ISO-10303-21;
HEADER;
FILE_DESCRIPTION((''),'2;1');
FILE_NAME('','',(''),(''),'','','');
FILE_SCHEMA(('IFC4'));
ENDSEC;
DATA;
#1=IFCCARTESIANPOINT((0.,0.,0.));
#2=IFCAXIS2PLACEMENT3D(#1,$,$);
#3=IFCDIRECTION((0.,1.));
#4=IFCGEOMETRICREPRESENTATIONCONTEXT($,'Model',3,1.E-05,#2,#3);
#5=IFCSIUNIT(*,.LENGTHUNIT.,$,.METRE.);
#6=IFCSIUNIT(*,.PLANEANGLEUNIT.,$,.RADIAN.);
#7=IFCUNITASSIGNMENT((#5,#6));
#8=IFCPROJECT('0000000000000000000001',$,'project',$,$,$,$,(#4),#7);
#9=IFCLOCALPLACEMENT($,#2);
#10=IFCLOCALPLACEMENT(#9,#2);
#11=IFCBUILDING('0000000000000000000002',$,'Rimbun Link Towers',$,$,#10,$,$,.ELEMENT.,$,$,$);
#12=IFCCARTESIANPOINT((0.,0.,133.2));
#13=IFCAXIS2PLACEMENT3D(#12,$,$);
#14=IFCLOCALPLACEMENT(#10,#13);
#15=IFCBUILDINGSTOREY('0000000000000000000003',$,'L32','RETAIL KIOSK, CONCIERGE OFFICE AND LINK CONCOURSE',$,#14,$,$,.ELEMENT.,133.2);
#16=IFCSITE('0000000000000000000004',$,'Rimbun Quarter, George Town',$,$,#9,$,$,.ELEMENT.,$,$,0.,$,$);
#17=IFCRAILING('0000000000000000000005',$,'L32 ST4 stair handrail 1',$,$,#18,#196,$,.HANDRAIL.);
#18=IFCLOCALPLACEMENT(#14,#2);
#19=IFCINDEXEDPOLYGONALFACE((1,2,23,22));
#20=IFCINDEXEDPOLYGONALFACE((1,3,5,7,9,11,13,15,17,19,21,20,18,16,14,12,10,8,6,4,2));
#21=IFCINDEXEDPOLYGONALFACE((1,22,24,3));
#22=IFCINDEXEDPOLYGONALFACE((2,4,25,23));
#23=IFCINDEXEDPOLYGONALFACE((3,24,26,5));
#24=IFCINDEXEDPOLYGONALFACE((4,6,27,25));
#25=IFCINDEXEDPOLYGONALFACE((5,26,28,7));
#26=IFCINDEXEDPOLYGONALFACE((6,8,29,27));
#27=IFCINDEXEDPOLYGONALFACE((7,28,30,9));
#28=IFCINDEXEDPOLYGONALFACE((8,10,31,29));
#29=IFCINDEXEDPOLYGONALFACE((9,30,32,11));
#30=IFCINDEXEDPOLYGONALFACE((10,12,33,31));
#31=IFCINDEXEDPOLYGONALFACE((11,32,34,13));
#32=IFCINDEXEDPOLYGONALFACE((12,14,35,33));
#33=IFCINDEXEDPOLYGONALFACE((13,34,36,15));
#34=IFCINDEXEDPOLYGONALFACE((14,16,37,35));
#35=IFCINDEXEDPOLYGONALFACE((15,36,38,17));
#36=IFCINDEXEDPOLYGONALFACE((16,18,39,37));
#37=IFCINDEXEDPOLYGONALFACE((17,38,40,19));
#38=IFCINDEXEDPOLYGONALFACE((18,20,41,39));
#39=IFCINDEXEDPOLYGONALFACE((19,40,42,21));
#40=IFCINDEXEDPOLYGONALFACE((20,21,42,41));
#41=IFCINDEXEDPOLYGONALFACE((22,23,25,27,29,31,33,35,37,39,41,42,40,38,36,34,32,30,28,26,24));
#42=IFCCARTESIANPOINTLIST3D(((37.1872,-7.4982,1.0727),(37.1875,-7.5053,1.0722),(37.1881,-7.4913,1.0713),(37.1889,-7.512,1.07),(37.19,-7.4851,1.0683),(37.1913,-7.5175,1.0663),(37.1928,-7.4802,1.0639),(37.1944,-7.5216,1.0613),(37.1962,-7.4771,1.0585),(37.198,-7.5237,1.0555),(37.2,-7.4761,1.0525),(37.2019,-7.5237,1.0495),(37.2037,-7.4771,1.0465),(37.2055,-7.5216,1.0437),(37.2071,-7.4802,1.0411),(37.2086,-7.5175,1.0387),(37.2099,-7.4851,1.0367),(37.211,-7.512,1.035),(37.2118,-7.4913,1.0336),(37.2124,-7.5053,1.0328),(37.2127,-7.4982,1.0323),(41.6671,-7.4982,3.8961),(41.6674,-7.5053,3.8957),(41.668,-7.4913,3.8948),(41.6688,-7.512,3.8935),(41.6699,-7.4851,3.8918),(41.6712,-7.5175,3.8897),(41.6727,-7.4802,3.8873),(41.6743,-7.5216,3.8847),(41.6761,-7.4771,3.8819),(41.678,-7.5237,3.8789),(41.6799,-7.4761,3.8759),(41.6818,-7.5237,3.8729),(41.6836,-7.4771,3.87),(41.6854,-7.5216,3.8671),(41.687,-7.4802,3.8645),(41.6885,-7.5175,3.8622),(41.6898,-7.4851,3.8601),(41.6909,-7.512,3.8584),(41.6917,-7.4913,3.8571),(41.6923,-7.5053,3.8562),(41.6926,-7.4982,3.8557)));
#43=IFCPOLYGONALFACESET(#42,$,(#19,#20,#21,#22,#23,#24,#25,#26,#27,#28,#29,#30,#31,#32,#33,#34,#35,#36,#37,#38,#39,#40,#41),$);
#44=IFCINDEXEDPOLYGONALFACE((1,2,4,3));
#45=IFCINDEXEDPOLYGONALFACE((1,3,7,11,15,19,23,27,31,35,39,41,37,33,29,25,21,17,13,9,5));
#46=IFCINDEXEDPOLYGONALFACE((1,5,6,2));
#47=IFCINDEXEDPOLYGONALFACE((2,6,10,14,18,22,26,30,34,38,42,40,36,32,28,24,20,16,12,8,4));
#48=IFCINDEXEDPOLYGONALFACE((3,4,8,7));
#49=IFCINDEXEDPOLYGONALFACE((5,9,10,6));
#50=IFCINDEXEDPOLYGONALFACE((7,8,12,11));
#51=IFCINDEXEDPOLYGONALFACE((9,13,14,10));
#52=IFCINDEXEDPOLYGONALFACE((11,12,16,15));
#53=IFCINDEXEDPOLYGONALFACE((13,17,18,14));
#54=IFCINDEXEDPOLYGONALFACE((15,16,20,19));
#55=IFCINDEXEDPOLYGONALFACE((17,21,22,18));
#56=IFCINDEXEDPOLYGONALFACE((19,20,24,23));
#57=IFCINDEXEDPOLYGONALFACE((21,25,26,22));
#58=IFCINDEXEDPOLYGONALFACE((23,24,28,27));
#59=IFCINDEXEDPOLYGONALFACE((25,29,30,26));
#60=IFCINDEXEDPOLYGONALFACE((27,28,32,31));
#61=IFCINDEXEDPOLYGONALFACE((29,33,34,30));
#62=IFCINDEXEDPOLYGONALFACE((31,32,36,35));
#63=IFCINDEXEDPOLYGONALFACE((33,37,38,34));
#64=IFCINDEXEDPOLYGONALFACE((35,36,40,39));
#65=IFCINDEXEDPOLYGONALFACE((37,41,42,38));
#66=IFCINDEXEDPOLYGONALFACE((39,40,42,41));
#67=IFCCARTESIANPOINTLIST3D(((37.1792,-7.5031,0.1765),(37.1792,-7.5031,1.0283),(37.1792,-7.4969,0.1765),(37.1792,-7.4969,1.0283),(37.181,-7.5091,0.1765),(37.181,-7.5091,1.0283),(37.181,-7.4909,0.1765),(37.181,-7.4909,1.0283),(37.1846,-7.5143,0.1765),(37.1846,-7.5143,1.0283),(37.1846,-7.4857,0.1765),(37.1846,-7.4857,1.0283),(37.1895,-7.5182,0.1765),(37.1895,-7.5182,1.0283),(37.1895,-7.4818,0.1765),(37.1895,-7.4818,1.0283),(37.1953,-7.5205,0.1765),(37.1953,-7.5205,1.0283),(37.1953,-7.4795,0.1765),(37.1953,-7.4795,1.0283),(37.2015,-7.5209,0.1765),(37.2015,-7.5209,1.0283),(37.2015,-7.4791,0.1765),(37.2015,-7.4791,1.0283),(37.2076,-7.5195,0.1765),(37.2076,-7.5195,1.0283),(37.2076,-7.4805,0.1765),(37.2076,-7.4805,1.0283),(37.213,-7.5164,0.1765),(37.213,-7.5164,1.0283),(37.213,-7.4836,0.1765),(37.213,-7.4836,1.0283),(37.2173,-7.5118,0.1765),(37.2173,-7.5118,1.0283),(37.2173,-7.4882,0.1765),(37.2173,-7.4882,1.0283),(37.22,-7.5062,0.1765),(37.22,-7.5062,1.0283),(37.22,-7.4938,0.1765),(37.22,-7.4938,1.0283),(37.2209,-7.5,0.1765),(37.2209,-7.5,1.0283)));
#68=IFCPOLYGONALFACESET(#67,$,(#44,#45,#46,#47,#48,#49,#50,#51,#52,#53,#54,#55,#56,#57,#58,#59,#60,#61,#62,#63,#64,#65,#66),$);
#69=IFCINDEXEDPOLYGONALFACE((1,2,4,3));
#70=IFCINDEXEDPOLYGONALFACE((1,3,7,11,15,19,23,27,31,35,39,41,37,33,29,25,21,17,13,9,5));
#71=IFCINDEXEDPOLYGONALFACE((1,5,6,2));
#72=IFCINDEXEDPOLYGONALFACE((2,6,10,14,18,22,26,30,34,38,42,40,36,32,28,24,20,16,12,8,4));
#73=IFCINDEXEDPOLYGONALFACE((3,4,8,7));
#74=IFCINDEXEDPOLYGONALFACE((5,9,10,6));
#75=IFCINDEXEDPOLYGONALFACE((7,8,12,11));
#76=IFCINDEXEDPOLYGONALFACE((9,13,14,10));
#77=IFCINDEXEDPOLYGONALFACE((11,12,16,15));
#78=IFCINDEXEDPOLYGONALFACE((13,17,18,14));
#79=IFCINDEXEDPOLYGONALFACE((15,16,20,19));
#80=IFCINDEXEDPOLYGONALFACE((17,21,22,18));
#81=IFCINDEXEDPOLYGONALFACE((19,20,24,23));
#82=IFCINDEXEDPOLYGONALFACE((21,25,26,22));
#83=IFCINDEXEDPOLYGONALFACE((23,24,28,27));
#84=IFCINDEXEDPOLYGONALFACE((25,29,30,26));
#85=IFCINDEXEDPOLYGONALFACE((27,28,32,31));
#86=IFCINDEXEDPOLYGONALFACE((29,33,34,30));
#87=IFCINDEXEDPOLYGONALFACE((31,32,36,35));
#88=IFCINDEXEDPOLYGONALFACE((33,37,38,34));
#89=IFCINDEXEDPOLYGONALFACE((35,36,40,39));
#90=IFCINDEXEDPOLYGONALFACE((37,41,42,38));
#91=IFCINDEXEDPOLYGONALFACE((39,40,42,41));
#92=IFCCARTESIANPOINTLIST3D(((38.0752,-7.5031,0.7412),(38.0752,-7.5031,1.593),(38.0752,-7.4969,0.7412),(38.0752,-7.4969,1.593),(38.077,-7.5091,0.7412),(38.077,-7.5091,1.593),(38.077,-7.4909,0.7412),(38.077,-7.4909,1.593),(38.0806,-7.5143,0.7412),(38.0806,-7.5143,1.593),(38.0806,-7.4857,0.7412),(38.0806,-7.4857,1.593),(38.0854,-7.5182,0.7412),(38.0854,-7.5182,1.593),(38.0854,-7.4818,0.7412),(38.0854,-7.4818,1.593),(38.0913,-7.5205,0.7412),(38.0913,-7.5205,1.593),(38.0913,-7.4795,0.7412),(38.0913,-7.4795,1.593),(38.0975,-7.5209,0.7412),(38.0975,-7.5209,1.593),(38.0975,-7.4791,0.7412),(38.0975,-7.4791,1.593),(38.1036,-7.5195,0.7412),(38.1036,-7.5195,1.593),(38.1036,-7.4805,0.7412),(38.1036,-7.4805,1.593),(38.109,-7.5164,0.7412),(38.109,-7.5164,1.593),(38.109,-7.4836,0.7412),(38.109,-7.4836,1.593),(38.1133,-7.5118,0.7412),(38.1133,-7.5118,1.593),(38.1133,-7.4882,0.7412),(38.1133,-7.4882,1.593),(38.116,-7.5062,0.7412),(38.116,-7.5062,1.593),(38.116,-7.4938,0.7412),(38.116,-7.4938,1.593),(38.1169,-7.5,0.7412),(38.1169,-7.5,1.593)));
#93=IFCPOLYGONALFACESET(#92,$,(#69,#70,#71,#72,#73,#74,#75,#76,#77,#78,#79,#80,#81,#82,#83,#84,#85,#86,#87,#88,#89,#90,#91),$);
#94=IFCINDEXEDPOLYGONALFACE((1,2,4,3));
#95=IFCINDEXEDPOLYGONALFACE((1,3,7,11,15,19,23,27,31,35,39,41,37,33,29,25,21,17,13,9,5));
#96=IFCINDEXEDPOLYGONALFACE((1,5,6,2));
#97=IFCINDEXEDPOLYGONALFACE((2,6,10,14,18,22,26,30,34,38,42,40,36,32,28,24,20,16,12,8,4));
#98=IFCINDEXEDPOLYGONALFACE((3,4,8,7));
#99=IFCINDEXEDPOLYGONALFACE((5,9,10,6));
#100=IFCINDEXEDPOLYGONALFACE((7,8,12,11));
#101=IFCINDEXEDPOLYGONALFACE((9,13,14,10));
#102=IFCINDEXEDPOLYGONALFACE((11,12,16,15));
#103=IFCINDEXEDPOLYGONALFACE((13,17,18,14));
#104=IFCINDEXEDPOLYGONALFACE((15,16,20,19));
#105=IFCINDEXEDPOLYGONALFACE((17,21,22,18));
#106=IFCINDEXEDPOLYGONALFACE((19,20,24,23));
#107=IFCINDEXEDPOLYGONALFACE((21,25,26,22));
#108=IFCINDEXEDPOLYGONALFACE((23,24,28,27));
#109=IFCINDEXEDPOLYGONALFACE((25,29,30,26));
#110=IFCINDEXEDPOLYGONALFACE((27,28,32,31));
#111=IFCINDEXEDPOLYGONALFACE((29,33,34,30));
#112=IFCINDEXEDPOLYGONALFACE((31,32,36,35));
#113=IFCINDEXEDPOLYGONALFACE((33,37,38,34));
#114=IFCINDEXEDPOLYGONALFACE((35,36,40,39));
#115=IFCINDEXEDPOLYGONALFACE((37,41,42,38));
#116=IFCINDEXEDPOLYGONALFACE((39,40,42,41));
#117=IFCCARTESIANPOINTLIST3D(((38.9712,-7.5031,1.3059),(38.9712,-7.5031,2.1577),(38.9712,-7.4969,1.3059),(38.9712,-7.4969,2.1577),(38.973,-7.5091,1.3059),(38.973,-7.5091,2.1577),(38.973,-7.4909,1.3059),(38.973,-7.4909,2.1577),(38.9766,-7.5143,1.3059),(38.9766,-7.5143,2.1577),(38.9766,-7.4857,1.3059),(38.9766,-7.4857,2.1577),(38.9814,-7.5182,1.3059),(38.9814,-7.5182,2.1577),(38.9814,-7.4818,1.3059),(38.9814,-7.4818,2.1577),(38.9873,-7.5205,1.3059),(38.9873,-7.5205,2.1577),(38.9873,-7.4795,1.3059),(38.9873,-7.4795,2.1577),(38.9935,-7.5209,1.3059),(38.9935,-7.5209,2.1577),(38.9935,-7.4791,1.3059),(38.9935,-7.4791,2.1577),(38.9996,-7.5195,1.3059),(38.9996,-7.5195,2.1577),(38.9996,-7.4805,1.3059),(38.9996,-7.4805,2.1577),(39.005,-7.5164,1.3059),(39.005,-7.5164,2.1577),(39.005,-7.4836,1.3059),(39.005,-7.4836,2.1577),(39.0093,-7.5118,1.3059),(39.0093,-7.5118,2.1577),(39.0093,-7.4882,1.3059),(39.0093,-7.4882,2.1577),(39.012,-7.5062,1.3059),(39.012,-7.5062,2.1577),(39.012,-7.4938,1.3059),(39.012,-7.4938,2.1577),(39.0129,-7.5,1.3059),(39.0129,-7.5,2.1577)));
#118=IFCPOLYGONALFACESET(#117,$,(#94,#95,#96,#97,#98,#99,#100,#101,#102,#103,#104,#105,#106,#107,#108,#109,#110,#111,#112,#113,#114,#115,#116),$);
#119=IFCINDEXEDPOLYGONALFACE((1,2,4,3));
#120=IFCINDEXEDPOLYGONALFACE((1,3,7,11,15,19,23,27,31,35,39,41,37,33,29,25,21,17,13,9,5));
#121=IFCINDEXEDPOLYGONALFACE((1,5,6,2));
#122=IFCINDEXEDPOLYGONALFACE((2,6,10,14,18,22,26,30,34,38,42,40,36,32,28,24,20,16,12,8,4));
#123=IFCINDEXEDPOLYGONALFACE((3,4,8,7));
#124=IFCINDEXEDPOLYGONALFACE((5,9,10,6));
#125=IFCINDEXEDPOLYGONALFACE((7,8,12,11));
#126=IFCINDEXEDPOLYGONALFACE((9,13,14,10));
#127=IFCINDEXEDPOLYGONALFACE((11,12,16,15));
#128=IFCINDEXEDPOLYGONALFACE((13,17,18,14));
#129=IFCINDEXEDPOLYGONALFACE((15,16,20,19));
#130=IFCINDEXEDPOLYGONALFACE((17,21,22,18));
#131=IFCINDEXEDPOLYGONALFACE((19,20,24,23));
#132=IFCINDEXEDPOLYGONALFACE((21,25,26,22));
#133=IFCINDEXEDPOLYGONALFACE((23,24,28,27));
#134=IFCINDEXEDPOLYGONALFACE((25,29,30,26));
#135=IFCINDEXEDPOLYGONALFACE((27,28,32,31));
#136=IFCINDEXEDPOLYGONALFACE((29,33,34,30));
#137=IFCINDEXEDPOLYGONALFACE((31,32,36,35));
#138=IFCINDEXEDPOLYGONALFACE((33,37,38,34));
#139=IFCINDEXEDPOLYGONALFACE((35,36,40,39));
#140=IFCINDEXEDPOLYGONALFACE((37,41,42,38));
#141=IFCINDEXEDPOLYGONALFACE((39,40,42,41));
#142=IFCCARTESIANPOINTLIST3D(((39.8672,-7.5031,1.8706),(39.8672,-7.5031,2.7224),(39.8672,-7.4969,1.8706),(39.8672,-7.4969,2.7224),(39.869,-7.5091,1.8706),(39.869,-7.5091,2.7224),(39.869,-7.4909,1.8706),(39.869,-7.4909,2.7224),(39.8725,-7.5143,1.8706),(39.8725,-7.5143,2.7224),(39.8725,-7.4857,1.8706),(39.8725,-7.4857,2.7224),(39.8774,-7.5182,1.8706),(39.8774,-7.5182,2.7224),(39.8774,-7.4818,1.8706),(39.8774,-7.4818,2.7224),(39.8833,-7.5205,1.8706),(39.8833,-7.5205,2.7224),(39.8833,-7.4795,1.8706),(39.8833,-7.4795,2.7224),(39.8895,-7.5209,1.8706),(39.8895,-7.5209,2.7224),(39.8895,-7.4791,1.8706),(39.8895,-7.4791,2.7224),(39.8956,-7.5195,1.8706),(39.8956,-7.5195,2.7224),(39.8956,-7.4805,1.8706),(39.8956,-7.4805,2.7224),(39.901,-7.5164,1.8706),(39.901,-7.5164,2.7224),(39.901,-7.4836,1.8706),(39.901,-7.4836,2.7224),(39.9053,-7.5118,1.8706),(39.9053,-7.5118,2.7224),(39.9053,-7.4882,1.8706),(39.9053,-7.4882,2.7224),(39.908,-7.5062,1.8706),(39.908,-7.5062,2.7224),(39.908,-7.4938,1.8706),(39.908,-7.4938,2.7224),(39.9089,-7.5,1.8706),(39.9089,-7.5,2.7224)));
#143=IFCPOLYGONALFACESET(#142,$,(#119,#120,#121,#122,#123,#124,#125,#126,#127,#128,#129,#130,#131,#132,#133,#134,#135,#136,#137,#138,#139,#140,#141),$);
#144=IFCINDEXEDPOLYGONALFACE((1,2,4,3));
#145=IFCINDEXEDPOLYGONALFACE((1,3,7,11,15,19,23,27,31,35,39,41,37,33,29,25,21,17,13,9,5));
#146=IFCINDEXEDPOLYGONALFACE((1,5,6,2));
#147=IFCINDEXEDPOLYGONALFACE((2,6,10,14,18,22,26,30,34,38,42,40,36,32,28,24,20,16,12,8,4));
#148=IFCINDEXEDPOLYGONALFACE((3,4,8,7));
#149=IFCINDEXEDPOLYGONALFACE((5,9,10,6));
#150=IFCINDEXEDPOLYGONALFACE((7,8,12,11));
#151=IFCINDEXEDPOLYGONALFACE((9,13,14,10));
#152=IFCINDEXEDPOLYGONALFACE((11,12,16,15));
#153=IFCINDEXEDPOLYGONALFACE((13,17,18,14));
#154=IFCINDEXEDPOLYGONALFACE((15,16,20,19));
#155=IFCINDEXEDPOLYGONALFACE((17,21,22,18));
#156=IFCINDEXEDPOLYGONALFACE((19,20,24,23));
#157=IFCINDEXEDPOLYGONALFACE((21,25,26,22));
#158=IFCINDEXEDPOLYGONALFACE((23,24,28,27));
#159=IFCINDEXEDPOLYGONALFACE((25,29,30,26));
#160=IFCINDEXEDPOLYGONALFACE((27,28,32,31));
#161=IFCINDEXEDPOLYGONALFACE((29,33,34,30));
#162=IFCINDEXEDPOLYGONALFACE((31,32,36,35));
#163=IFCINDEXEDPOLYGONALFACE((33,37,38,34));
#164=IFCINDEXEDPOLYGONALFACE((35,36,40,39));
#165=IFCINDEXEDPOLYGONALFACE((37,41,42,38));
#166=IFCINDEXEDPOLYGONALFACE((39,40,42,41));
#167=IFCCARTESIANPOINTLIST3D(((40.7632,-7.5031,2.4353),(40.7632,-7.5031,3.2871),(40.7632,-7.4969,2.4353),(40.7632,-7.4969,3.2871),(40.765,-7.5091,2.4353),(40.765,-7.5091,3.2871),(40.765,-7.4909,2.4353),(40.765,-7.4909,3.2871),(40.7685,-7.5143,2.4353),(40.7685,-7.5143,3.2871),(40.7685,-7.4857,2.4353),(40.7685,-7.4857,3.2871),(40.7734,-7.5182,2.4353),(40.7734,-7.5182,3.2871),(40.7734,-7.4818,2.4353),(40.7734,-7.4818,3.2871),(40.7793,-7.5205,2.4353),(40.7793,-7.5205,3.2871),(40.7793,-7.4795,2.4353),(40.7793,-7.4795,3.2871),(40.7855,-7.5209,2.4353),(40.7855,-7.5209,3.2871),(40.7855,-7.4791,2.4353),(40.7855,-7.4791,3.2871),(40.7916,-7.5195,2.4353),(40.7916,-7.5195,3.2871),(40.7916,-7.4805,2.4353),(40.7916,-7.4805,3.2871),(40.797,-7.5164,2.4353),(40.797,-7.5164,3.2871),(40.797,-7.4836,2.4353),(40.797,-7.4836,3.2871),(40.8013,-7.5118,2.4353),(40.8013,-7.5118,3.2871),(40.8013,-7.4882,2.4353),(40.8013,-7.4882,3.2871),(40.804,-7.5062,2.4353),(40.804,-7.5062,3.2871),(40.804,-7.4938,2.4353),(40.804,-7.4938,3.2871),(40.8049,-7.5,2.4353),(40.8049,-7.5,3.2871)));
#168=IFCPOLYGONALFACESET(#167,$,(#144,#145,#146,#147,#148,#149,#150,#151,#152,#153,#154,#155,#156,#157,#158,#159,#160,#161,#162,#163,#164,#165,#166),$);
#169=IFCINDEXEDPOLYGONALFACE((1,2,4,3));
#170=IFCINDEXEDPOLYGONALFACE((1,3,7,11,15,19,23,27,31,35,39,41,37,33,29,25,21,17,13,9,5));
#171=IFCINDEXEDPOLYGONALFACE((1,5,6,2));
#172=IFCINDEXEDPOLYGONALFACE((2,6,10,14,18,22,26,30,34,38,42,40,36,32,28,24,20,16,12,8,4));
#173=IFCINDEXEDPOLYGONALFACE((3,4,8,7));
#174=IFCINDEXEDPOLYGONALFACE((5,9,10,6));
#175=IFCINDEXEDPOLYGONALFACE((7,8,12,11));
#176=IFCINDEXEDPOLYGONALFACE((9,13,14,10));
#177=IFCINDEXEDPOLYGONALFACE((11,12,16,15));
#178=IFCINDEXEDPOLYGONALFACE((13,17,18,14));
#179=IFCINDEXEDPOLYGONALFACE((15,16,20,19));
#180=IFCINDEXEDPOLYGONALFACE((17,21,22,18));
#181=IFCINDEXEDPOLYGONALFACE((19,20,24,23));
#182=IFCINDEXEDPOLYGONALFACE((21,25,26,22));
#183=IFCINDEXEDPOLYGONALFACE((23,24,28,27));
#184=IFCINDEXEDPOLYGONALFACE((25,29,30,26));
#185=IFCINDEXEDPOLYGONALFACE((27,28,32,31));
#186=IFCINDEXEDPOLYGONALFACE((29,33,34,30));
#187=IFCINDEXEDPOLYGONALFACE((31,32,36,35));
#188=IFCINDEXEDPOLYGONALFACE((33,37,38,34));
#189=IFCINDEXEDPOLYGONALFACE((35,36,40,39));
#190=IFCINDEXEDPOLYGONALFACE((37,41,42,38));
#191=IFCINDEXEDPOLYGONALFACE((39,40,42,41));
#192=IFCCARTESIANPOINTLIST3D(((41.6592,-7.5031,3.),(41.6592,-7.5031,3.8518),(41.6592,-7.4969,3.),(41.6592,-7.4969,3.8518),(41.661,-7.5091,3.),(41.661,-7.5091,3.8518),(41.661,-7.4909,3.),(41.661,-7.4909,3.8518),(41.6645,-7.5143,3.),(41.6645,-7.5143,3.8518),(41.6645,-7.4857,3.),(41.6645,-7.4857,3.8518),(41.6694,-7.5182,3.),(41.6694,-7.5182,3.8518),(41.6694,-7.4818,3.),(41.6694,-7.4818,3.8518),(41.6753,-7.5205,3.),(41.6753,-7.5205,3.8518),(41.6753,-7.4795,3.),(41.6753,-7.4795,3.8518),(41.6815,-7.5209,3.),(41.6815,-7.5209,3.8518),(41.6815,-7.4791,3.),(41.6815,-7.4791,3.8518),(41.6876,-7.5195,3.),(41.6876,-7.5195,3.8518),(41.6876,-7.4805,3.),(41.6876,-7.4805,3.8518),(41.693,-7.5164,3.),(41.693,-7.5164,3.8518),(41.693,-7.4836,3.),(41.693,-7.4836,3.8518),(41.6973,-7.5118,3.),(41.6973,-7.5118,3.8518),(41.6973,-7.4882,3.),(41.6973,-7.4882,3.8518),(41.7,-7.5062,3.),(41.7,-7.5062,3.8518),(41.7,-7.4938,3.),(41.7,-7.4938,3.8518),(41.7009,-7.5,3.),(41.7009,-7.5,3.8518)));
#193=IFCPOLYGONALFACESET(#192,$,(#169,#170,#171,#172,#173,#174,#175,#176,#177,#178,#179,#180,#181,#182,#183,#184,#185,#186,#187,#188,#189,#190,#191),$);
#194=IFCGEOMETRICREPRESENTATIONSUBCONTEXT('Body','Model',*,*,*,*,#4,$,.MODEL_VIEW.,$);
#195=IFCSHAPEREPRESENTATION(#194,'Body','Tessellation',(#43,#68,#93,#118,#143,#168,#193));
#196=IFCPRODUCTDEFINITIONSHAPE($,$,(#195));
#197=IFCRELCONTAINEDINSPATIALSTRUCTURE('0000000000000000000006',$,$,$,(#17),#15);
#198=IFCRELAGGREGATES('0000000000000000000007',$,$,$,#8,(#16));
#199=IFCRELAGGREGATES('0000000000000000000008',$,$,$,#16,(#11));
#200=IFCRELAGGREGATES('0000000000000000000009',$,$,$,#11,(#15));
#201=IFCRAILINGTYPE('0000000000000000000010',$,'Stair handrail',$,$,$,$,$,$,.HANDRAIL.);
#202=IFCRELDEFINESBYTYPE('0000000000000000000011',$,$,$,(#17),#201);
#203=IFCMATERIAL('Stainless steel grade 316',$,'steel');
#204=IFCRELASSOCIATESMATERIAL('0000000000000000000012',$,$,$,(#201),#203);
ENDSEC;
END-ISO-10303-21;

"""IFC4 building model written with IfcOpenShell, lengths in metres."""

from ifc_helpers import new_model, si_unit, direction, frame, origin, origin_2d, place, context, subcontext, project, spatial, circle, extrude, material, type_object, element, save


model = new_model("IFC4")

# Units and contexts
model_context = context("Model", 3, precision=1e-05, world=origin(), true_north=direction((0.0, 1.0)))
body_context = subcontext(model_context, "Body", "Model", "MODEL_VIEW")
ifc_project = project(units=[si_unit("LENGTHUNIT", "METRE"), si_unit("PLANEANGLEUNIT", "RADIAN")], contexts=[model_context])

# Site, building, storey
site_placement = place(None, origin())
site = spatial("IfcSite", under=ifc_project, at=site_placement, Name="Rimbun Quarter, George Town", CompositionType="ELEMENT", RefElevation=0.0)
building_placement = place(site_placement, origin())
building = spatial("IfcBuilding", under=site, at=building_placement, Name="Rimbun Link Towers", CompositionType="ELEMENT")
storey_placement = place(building_placement, frame((0.0, 0.0, 133.2)))
storey = spatial("IfcBuildingStorey", under=building, at=storey_placement, Name="L32", Description="RETAIL KIOSK, CONCIERGE OFFICE AND LINK CONCOURSE", CompositionType="ELEMENT", Elevation=133.2)

# Railing
ifc_material_1 = material(Name="Stainless steel grade 316", Category="steel")
railing_type_1 = type_object("IfcRailingType", Name="Stair handrail", PredefinedType="HANDRAIL", material=ifc_material_1)
railing_1_placement = place(storey_placement, frame((37.2, -7.5, 0.1765)))
element("IfcRailing", 1, at=railing_1_placement, inside=storey, type_object=railing_type_1, Name="L32 ST4 stair handrail 1", PredefinedType="HANDRAIL", context=body_context, shape_type="SweptSolid", body=[
    extrude(circle(Radius=0.0239, at=origin_2d()), frame((0.0, 0.0, 0.876), z_axis=(0.845998, 0.0, 0.533186), x_axis=(0.0, 1.0, 0.0)), (0.0, 0.0, 1.0), 5.2954),
    extrude(circle(Radius=0.021, at=origin_2d()), origin(), (0.0, 0.0, 1.0), 0.8518),
    extrude(circle(Radius=0.021, at=origin_2d()), frame((0.896, 0.0, 0.5647)), (0.0, 0.0, 1.0), 0.8518),
    extrude(circle(Radius=0.021, at=origin_2d()), frame((1.792, 0.0, 1.1294)), (0.0, 0.0, 1.0), 0.8518),
    extrude(circle(Radius=0.021, at=origin_2d()), frame((2.688, 0.0, 1.6941)), (0.0, 0.0, 1.0), 0.8518),
    extrude(circle(Radius=0.021, at=origin_2d()), frame((3.584, 0.0, 2.2588)), (0.0, 0.0, 1.0), 0.8518),
    extrude(circle(Radius=0.021, at=origin_2d()), frame((4.48, 0.0, 2.8235)), (0.0, 0.0, 1.0), 0.8518),
])

save(model, "model.ifc")
